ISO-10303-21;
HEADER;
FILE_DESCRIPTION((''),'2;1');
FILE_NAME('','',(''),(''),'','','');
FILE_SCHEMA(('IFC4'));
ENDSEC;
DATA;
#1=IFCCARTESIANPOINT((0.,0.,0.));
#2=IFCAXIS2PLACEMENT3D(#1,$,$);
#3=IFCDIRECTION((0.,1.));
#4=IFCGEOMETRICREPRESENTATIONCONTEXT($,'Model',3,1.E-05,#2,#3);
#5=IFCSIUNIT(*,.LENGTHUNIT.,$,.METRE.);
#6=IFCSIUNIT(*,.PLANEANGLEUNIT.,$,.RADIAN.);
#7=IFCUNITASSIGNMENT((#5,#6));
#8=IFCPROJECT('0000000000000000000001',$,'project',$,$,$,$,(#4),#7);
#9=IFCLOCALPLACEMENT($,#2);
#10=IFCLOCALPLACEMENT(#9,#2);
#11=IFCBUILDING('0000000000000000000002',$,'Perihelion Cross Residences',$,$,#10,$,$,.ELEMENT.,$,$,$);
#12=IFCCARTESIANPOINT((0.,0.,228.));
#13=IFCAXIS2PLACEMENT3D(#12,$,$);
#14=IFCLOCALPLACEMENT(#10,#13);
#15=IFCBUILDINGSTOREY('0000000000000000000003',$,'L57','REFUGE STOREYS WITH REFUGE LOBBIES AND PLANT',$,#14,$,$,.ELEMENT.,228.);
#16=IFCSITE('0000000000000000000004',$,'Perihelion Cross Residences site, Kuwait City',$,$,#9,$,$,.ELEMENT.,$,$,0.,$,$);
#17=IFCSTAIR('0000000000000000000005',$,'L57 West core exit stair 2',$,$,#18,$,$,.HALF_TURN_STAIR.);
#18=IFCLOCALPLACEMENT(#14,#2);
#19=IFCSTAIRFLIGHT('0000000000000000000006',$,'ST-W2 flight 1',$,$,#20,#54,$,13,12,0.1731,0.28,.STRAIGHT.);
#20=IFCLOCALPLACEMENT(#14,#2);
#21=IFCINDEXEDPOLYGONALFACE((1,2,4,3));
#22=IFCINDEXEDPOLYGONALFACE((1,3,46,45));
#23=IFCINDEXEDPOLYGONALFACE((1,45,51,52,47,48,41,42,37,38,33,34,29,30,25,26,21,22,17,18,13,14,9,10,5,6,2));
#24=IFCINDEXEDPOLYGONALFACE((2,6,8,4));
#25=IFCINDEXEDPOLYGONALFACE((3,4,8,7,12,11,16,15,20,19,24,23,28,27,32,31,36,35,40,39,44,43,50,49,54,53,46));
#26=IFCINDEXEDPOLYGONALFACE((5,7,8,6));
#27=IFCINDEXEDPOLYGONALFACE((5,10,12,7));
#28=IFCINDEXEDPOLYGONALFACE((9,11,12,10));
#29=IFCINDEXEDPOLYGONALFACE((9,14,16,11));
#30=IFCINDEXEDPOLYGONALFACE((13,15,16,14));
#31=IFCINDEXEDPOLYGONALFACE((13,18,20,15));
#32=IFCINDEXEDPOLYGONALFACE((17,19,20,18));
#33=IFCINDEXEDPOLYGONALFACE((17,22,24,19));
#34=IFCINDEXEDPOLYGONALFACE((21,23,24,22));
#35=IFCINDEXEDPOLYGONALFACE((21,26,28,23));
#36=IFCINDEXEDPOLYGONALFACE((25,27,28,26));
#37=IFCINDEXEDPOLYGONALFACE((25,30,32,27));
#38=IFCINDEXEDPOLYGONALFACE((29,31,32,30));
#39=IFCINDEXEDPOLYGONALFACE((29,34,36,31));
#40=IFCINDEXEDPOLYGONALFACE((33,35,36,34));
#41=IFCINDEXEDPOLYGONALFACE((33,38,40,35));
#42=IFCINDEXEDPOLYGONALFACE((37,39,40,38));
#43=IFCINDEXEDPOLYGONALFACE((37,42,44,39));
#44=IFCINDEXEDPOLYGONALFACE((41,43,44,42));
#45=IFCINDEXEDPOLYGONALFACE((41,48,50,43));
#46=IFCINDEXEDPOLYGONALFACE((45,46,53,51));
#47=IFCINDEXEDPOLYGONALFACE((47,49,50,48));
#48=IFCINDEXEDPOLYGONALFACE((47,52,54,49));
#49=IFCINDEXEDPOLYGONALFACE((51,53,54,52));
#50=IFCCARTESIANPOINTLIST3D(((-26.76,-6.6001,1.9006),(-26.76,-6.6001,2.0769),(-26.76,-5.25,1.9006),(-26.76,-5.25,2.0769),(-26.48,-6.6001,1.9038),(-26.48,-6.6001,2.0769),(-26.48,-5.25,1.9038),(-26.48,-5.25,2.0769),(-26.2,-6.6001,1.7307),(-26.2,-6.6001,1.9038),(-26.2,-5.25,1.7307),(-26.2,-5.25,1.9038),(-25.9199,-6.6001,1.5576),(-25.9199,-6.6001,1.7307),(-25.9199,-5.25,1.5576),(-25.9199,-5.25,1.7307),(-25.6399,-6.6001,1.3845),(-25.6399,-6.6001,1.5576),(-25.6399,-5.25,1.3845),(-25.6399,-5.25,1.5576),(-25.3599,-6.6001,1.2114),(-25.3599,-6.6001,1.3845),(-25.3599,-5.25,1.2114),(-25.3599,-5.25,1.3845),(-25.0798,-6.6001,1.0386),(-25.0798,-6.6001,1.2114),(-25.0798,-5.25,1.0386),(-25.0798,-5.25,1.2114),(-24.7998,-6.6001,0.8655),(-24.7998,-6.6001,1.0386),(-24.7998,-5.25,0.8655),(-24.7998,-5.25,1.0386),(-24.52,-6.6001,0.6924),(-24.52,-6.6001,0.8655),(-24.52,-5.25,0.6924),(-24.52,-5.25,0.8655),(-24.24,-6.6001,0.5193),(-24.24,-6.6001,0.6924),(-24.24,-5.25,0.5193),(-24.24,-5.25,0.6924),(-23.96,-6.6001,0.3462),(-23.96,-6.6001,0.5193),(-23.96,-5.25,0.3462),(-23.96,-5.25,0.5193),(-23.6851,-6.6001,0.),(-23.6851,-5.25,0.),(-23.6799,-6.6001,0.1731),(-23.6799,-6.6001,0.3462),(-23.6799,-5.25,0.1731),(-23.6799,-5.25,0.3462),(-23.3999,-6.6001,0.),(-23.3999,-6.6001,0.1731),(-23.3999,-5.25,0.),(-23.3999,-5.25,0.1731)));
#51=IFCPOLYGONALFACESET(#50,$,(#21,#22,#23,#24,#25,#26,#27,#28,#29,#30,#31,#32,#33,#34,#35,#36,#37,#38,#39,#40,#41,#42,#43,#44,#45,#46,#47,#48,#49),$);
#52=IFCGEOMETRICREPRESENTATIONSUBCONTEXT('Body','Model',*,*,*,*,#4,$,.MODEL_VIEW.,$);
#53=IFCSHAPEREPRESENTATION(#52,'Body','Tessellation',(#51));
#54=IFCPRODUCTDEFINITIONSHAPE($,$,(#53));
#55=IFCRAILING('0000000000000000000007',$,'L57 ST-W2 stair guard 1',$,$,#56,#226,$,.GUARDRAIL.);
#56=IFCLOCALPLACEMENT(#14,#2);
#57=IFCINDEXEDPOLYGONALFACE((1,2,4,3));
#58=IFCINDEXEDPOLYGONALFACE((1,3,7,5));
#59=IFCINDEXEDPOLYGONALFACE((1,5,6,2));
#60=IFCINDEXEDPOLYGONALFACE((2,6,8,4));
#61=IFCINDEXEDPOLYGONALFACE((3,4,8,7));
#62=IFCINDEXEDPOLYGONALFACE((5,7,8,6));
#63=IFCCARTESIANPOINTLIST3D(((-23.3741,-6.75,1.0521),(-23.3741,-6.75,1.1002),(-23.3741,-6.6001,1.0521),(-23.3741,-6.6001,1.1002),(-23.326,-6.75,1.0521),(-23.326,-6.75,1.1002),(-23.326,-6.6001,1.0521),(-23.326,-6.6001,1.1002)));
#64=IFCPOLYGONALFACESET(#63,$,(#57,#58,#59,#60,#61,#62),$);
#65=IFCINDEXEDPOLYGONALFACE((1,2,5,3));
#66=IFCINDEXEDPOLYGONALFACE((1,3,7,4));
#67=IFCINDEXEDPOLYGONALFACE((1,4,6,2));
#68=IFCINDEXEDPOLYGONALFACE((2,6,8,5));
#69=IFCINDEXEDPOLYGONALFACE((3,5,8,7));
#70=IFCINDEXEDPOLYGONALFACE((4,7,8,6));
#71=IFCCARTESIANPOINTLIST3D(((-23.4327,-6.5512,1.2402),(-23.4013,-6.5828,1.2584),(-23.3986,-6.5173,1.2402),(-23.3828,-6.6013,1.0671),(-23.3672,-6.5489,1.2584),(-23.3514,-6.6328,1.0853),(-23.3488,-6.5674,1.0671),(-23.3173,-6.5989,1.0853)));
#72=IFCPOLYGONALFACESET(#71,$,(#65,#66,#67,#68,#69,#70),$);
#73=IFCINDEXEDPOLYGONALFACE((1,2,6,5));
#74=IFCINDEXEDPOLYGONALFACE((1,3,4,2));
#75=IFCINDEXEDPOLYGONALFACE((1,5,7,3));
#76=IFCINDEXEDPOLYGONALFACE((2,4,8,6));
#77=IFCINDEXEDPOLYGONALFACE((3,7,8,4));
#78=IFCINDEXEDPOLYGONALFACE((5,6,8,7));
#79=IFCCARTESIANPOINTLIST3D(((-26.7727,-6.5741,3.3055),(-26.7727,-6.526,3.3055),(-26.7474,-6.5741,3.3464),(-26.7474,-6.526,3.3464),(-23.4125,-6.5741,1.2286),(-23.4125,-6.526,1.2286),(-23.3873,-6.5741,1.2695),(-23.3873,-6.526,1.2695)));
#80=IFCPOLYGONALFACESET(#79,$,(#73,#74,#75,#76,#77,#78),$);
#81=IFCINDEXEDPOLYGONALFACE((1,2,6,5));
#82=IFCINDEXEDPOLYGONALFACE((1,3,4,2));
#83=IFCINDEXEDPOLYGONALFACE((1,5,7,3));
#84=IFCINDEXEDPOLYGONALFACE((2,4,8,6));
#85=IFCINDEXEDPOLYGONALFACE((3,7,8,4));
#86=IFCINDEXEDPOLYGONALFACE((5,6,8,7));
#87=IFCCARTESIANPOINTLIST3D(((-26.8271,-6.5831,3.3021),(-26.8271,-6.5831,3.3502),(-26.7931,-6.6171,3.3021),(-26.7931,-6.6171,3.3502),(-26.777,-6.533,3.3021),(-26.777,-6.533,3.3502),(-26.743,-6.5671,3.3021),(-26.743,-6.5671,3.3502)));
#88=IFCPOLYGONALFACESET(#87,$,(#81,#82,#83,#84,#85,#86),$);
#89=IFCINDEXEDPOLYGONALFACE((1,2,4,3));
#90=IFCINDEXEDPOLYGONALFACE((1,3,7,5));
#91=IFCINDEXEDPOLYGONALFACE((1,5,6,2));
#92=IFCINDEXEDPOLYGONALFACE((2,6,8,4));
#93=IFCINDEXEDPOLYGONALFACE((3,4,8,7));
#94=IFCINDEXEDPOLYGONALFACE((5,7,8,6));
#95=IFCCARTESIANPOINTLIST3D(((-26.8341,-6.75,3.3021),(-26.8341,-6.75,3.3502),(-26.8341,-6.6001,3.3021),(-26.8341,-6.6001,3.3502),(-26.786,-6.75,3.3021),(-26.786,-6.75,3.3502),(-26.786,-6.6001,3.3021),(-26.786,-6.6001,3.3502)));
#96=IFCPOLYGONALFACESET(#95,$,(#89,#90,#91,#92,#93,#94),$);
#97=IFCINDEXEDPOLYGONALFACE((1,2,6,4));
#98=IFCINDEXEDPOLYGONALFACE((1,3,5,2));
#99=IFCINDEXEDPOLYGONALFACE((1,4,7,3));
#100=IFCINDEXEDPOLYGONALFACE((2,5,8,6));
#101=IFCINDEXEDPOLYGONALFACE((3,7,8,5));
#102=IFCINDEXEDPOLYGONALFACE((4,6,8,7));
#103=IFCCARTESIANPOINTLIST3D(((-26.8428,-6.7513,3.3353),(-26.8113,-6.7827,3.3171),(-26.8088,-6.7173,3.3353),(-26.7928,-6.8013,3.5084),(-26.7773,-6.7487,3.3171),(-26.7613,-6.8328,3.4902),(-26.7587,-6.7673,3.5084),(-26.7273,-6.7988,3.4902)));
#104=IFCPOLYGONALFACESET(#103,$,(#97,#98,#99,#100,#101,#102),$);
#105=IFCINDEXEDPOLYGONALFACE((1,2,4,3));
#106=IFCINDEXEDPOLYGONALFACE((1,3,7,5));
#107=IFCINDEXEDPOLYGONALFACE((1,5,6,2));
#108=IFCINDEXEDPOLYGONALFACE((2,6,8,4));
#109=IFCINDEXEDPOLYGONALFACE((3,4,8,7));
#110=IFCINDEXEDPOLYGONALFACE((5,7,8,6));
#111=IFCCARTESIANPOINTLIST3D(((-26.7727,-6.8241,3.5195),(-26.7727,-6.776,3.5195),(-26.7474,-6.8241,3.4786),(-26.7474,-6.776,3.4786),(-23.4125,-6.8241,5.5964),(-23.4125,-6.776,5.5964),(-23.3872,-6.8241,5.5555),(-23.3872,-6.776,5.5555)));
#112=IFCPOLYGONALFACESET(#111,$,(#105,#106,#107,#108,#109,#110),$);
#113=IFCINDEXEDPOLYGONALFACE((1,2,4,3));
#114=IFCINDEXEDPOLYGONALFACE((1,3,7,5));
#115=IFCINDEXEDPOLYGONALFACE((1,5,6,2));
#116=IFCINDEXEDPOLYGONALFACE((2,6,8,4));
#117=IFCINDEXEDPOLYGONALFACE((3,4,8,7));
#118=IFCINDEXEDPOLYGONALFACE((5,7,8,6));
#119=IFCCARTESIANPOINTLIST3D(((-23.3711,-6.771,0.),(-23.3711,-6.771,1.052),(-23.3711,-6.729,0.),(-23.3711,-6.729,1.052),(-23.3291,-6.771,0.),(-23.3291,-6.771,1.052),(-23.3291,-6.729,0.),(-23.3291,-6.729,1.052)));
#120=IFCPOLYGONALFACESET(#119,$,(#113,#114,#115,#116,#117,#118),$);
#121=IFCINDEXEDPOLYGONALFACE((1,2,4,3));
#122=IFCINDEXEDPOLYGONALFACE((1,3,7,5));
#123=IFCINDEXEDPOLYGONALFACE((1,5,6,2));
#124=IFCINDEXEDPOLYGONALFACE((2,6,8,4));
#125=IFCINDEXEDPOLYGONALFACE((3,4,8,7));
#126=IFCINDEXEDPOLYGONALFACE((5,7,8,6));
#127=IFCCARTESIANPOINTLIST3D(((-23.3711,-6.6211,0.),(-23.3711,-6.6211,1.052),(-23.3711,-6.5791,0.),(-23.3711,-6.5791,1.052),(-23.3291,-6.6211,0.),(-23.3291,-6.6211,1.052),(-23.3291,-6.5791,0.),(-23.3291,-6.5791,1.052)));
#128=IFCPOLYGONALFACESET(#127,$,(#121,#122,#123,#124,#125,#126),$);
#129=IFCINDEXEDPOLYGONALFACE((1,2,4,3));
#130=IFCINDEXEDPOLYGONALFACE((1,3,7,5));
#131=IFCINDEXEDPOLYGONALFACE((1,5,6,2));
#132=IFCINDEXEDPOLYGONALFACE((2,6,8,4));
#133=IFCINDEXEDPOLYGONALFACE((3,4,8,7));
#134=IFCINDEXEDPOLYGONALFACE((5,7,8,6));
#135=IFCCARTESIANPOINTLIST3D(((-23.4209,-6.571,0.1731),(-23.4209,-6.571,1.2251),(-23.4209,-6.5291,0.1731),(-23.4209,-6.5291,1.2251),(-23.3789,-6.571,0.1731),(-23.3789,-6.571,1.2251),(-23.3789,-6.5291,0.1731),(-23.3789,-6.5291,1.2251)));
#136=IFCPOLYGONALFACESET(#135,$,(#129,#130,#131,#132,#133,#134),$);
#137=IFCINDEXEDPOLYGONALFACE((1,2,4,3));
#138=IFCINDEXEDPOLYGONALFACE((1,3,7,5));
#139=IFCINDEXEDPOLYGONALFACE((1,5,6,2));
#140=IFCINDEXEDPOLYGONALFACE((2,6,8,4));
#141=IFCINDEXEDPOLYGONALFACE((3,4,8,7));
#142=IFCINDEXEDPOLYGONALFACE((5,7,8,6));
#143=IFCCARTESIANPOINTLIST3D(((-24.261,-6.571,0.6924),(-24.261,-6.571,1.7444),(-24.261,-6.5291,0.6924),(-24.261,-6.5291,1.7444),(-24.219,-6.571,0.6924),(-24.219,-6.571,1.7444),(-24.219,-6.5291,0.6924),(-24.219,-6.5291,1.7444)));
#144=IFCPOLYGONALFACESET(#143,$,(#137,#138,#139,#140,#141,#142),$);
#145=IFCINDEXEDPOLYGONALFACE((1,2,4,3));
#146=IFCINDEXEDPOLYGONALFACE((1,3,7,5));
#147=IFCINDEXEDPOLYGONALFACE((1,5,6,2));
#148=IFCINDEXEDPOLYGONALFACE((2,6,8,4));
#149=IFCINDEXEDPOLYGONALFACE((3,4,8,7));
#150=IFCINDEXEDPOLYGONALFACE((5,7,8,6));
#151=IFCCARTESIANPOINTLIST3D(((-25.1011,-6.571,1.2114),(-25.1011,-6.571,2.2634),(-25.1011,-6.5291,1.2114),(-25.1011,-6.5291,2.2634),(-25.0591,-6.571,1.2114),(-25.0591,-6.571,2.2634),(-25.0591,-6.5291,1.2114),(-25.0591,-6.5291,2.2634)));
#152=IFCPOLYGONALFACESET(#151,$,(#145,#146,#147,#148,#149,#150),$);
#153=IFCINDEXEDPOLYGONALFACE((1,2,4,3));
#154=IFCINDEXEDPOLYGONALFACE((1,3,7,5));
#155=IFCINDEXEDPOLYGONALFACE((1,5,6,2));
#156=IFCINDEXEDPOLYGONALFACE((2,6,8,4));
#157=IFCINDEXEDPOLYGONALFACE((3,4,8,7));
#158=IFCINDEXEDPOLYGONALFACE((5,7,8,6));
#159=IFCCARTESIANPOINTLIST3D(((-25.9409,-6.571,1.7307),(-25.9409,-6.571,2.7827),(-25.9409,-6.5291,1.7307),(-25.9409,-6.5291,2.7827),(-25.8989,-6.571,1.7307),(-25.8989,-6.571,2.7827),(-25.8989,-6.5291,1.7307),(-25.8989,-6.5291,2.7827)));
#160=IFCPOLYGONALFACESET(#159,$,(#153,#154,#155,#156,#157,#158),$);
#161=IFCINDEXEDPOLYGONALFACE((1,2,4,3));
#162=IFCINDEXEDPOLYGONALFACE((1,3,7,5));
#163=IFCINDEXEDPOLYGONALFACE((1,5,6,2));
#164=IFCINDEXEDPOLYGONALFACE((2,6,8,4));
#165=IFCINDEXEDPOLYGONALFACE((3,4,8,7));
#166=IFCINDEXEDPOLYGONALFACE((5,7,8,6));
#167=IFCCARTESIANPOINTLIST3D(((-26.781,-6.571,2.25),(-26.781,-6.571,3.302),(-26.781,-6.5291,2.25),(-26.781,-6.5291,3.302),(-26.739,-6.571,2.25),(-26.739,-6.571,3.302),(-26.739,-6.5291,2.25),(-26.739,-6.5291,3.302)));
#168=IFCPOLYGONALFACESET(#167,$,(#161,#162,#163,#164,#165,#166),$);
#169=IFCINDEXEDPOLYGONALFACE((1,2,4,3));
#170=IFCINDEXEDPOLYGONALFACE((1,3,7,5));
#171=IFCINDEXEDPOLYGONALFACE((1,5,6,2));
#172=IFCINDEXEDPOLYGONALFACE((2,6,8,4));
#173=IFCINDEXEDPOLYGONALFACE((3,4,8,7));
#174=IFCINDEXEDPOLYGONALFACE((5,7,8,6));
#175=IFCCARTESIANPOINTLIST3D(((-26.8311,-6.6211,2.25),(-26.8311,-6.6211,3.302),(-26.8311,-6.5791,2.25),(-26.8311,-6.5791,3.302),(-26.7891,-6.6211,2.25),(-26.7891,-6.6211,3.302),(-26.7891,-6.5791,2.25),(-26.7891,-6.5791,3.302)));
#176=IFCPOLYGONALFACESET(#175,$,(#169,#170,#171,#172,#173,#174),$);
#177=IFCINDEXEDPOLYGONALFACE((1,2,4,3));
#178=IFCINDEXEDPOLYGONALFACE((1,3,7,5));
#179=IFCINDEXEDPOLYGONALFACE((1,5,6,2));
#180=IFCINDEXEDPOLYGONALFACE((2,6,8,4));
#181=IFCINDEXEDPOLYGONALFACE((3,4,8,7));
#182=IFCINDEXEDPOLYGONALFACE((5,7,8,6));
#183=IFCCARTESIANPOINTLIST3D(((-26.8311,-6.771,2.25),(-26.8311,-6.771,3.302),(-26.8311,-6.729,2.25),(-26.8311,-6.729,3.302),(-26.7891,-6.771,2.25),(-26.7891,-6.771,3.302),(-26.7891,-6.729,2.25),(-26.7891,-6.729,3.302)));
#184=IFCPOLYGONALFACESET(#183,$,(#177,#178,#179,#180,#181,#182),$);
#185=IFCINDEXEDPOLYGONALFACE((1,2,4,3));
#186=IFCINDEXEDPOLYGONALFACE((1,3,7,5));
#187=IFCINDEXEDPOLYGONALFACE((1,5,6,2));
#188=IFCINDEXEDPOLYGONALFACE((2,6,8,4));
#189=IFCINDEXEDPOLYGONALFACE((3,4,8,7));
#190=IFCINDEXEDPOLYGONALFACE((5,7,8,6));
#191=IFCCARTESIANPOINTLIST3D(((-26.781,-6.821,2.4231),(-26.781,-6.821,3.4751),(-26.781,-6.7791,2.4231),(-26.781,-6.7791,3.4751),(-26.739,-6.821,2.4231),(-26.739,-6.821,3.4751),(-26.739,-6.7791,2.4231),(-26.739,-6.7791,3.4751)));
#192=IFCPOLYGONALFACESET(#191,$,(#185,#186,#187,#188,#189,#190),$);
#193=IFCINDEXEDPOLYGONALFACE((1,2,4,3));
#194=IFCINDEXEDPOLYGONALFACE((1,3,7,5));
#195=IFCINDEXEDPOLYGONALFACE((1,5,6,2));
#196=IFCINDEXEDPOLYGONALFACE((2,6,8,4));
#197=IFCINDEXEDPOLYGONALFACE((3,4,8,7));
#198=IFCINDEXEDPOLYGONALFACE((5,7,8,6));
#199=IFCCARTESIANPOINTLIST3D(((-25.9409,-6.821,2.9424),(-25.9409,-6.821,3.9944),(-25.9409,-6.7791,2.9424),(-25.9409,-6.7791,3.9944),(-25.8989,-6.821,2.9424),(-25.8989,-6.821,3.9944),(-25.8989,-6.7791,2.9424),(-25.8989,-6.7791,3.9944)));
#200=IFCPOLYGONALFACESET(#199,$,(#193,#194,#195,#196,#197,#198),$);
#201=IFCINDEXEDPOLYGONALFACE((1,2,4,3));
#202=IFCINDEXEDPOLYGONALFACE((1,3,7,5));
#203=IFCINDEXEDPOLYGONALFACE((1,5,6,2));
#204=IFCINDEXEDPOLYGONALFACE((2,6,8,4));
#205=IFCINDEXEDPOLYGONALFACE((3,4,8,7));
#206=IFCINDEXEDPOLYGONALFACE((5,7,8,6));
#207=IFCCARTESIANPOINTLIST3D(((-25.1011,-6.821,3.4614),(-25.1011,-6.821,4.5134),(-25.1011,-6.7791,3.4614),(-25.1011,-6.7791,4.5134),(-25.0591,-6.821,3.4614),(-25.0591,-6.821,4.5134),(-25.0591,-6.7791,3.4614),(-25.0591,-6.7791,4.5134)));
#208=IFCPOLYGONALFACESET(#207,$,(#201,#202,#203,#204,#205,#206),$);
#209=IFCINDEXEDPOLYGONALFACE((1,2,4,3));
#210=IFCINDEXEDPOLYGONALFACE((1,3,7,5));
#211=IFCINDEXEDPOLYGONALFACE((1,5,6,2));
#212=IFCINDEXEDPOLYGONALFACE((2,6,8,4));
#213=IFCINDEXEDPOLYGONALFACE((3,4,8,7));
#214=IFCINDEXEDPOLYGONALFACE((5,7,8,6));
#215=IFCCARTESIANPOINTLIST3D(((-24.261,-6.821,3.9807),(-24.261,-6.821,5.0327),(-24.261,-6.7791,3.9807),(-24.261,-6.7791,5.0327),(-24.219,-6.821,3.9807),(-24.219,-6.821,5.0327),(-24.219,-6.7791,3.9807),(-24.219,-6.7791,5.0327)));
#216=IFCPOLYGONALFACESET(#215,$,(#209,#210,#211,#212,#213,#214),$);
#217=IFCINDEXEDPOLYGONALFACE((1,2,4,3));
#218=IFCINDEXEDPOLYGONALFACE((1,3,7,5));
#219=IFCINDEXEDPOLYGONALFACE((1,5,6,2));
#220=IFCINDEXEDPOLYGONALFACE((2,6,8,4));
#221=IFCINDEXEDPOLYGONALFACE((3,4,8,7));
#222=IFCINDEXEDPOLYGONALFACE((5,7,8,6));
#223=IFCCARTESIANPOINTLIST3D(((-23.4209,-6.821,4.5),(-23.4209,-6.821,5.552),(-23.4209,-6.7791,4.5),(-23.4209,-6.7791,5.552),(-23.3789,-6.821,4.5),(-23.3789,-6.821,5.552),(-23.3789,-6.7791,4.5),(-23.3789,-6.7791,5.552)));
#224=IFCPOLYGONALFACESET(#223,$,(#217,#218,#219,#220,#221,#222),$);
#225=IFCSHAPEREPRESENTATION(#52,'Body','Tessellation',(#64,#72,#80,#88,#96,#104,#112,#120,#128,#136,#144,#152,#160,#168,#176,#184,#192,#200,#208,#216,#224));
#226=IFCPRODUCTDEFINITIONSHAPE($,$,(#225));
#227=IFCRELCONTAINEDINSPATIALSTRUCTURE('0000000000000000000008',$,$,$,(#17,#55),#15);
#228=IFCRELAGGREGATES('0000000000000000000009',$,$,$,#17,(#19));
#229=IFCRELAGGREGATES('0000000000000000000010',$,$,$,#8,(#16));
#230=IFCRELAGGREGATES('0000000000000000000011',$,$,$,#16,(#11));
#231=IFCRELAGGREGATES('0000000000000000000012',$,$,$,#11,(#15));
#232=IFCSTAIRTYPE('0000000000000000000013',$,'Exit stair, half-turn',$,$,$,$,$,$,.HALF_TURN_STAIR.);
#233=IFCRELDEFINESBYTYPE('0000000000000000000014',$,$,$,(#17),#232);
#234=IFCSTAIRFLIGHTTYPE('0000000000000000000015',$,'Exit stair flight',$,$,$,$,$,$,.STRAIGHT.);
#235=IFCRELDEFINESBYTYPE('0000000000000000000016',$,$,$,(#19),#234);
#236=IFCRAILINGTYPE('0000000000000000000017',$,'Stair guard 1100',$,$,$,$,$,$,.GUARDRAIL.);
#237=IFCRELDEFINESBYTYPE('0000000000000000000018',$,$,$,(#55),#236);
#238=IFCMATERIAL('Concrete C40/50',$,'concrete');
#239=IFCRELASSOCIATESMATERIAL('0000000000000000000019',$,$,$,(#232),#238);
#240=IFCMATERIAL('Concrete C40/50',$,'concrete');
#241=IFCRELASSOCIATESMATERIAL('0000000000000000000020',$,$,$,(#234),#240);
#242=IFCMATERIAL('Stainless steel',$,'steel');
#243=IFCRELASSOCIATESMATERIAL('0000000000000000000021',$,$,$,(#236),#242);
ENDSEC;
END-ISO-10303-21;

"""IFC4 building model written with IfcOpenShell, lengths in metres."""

from ifc_helpers import new_model, si_unit, direction, frame, origin, origin_2d, place, context, subcontext, project, spatial, polyline, rectangle, outline, extrude, material, type_object, element, aggregate, save


model = new_model("IFC4")

# Units and contexts
model_context = context("Model", 3, precision=1e-05, world=origin(), true_north=direction((0.0, 1.0)))
body_context = subcontext(model_context, "Body", "Model", "MODEL_VIEW")
ifc_project = project(units=[si_unit("LENGTHUNIT", "METRE"), si_unit("PLANEANGLEUNIT", "RADIAN")], contexts=[model_context])

# Site, building, storey
site_placement = place(None, origin())
site = spatial("IfcSite", under=ifc_project, at=site_placement, Name="Perihelion Cross Residences site, Kuwait City", CompositionType="ELEMENT", RefElevation=0.0)
building_placement = place(site_placement, origin())
building = spatial("IfcBuilding", under=site, at=building_placement, Name="Perihelion Cross Residences", CompositionType="ELEMENT")
storey_placement = place(building_placement, frame((0.0, 0.0, 228.0)))
storey = spatial("IfcBuildingStorey", under=building, at=storey_placement, Name="L57", Description="REFUGE STOREYS WITH REFUGE LOBBIES AND PLANT", CompositionType="ELEMENT", Elevation=228.0)

# Stair, stair flight
ifc_material_1 = material(Name="Concrete C40/50", Category="concrete")
stair_type = type_object("IfcStairType", Name="Exit stair, half-turn", PredefinedType="HALF_TURN_STAIR", material=ifc_material_1)
stair_placement = place(storey_placement, origin())
stair = element("IfcStair", 1, at=stair_placement, inside=storey, type_object=stair_type, Name="L57 West core exit stair 2", PredefinedType="HALF_TURN_STAIR")
ifc_material_2 = material(Name="Concrete C40/50", Category="concrete")
stair_flight_type = type_object("IfcStairFlightType", Name="Exit stair flight", PredefinedType="STRAIGHT", material=ifc_material_2)
stair_flight_placement = place(storey_placement, frame((-23.3999, -5.925, 0.0), z_axis=(0.0, 0.0, 1.0), x_axis=(-1.0, 0.0, 0.0)))
stair_flight = element("IfcStairFlight", 2, at=stair_flight_placement, type_object=stair_flight_type, Name="ST-W2 flight 1", NumberOfRisers=13, NumberOfTreads=12, PredefinedType="STRAIGHT", RiserHeight=0.1731, TreadLength=0.28, context=body_context, shape_type="SweptSolid", body=[
    extrude(outline(polyline([(0.0, 0.0), (0.0, 0.1731), (0.28, 0.1731), (0.28, 0.3462), (0.5601, 0.3462), (0.5601, 0.5193), (0.8401, 0.5193), (0.8401, 0.6924), (1.1201, 0.6924), (1.1201, 0.8655), (1.3999, 0.8655), (1.3999, 1.0386), (1.6799, 1.0386), (1.6799, 1.2114), (1.96, 1.2114), (1.96, 1.3845), (2.24, 1.3845), (2.24, 1.5576), (2.52, 1.5576), (2.52, 1.7307), (2.8, 1.7307), (2.8, 1.9038), (3.0801, 1.9038), (3.0801, 2.0769), (3.3601, 2.0769), (3.3601, 2.25), (3.3601, 1.9006), (0.2852, 0.0), (0.0, 0.0)])), frame((0.0, 0.675, 0.0), z_axis=(0.0, -1.0, 0.0), x_axis=(1.0, 0.0, 0.0)), (0.0, 0.0, 1.0), 1.3501),
])
aggregate(stair, [stair_flight])

# Railing
ifc_material_3 = material(Name="Stainless steel", Category="steel")
railing_type_1 = type_object("IfcRailingType", Name="Stair guard 1100", PredefinedType="GUARDRAIL", material=ifc_material_3)
railing_1_placement = place(storey_placement, frame((-23.3501, -6.75, 0.0)))
element("IfcRailing", 3, at=railing_1_placement, inside=storey, type_object=railing_type_1, Name="L57 ST-W2 stair guard 1", PredefinedType="GUARDRAIL", context=body_context, shape_type="SweptSolid", body=[
    extrude(rectangle(XDim=0.0481, YDim=0.0481, at=origin_2d()), frame((0.0, 0.0, 1.0762), z_axis=(0.0, 1.0, 0.0), x_axis=(-1.0, 0.0, 0.0)), (0.0, 0.0, 1.0), 0.1499),
    extrude(rectangle(XDim=0.0481, YDim=0.0481, at=origin_2d()), frame((0.0, 0.1499, 1.0762), z_axis=(-0.266417, 0.267723, 0.92593), x_axis=(-0.708834, -0.705376, 0.0)), (0.0, 0.0, 1.0), 0.187),
    extrude(rectangle(XDim=0.0481, YDim=0.0481, at=origin_2d()), frame((-0.0498, 0.2, 1.249), z_axis=(-0.850623, 0.0, 0.525776), x_axis=(0.0, -1.0, 0.0)), (0.0, 0.0, 1.0), 3.9502),
    extrude(rectangle(XDim=0.0481, YDim=0.0481, at=origin_2d()), frame((-3.4099, 0.2, 3.3262), z_axis=(-0.707107, -0.707107, 0.0), x_axis=(0.707107, -0.707107, 0.0)), (0.0, 0.0, 1.0), 0.0708),
    extrude(rectangle(XDim=0.0481, YDim=0.0481, at=origin_2d()), frame((-3.46, 0.1499, 3.3262), z_axis=(0.0, -1.0, 0.0), x_axis=(1.0, 0.0, 0.0)), (0.0, 0.0, 1.0), 0.1499),
    extrude(rectangle(XDim=0.0481, YDim=0.0481, at=origin_2d()), frame((-3.46, 0.0, 3.3262), z_axis=(0.26763, -0.26763, 0.925607), x_axis=(0.707107, 0.707107, 0.0)), (0.0, 0.0, 1.0), 0.187),
    extrude(rectangle(XDim=0.0481, YDim=0.0481, at=origin_2d()), frame((-3.4099, -0.05, 3.499), z_axis=(0.850623, 0.0, 0.525776), x_axis=(0.0, 1.0, 0.0)), (0.0, 0.0, 1.0), 3.9502),
    extrude(rectangle(XDim=0.042, YDim=0.042, at=origin_2d()), origin(), (0.0, 0.0, 1.0), 1.052),
    extrude(rectangle(XDim=0.042, YDim=0.042, at=origin_2d()), frame((0.0, 0.1499, 0.0)), (0.0, 0.0, 1.0), 1.052),
    extrude(rectangle(XDim=0.042, YDim=0.042, at=origin_2d()), frame((-0.0498, 0.2, 0.1731)), (0.0, 0.0, 1.0), 1.052),
    extrude(rectangle(XDim=0.042, YDim=0.042, at=origin_2d()), frame((-0.8899, 0.2, 0.6924)), (0.0, 0.0, 1.0), 1.052),
    extrude(rectangle(XDim=0.042, YDim=0.042, at=origin_2d()), frame((-1.73, 0.2, 1.2114)), (0.0, 0.0, 1.0), 1.052),
    extrude(rectangle(XDim=0.042, YDim=0.042, at=origin_2d()), frame((-2.5698, 0.2, 1.7307)), (0.0, 0.0, 1.0), 1.052),
    extrude(rectangle(XDim=0.042, YDim=0.042, at=origin_2d()), frame((-3.4099, 0.2, 2.25)), (0.0, 0.0, 1.0), 1.052),
    extrude(rectangle(XDim=0.042, YDim=0.042, at=origin_2d()), frame((-3.46, 0.1499, 2.25)), (0.0, 0.0, 1.0), 1.052),
    extrude(rectangle(XDim=0.042, YDim=0.042, at=origin_2d()), frame((-3.46, 0.0, 2.25)), (0.0, 0.0, 1.0), 1.052),
    extrude(rectangle(XDim=0.042, YDim=0.042, at=origin_2d()), frame((-3.4099, -0.05, 2.4231)), (0.0, 0.0, 1.0), 1.052),
    extrude(rectangle(XDim=0.042, YDim=0.042, at=origin_2d()), frame((-2.5698, -0.05, 2.9424)), (0.0, 0.0, 1.0), 1.052),
    extrude(rectangle(XDim=0.042, YDim=0.042, at=origin_2d()), frame((-1.73, -0.05, 3.4614)), (0.0, 0.0, 1.0), 1.052),
    extrude(rectangle(XDim=0.042, YDim=0.042, at=origin_2d()), frame((-0.8899, -0.05, 3.9807)), (0.0, 0.0, 1.0), 1.052),
    extrude(rectangle(XDim=0.042, YDim=0.042, at=origin_2d()), frame((-0.0498, -0.05, 4.5)), (0.0, 0.0, 1.0), 1.052),
])

save(model, "model.ifc")
